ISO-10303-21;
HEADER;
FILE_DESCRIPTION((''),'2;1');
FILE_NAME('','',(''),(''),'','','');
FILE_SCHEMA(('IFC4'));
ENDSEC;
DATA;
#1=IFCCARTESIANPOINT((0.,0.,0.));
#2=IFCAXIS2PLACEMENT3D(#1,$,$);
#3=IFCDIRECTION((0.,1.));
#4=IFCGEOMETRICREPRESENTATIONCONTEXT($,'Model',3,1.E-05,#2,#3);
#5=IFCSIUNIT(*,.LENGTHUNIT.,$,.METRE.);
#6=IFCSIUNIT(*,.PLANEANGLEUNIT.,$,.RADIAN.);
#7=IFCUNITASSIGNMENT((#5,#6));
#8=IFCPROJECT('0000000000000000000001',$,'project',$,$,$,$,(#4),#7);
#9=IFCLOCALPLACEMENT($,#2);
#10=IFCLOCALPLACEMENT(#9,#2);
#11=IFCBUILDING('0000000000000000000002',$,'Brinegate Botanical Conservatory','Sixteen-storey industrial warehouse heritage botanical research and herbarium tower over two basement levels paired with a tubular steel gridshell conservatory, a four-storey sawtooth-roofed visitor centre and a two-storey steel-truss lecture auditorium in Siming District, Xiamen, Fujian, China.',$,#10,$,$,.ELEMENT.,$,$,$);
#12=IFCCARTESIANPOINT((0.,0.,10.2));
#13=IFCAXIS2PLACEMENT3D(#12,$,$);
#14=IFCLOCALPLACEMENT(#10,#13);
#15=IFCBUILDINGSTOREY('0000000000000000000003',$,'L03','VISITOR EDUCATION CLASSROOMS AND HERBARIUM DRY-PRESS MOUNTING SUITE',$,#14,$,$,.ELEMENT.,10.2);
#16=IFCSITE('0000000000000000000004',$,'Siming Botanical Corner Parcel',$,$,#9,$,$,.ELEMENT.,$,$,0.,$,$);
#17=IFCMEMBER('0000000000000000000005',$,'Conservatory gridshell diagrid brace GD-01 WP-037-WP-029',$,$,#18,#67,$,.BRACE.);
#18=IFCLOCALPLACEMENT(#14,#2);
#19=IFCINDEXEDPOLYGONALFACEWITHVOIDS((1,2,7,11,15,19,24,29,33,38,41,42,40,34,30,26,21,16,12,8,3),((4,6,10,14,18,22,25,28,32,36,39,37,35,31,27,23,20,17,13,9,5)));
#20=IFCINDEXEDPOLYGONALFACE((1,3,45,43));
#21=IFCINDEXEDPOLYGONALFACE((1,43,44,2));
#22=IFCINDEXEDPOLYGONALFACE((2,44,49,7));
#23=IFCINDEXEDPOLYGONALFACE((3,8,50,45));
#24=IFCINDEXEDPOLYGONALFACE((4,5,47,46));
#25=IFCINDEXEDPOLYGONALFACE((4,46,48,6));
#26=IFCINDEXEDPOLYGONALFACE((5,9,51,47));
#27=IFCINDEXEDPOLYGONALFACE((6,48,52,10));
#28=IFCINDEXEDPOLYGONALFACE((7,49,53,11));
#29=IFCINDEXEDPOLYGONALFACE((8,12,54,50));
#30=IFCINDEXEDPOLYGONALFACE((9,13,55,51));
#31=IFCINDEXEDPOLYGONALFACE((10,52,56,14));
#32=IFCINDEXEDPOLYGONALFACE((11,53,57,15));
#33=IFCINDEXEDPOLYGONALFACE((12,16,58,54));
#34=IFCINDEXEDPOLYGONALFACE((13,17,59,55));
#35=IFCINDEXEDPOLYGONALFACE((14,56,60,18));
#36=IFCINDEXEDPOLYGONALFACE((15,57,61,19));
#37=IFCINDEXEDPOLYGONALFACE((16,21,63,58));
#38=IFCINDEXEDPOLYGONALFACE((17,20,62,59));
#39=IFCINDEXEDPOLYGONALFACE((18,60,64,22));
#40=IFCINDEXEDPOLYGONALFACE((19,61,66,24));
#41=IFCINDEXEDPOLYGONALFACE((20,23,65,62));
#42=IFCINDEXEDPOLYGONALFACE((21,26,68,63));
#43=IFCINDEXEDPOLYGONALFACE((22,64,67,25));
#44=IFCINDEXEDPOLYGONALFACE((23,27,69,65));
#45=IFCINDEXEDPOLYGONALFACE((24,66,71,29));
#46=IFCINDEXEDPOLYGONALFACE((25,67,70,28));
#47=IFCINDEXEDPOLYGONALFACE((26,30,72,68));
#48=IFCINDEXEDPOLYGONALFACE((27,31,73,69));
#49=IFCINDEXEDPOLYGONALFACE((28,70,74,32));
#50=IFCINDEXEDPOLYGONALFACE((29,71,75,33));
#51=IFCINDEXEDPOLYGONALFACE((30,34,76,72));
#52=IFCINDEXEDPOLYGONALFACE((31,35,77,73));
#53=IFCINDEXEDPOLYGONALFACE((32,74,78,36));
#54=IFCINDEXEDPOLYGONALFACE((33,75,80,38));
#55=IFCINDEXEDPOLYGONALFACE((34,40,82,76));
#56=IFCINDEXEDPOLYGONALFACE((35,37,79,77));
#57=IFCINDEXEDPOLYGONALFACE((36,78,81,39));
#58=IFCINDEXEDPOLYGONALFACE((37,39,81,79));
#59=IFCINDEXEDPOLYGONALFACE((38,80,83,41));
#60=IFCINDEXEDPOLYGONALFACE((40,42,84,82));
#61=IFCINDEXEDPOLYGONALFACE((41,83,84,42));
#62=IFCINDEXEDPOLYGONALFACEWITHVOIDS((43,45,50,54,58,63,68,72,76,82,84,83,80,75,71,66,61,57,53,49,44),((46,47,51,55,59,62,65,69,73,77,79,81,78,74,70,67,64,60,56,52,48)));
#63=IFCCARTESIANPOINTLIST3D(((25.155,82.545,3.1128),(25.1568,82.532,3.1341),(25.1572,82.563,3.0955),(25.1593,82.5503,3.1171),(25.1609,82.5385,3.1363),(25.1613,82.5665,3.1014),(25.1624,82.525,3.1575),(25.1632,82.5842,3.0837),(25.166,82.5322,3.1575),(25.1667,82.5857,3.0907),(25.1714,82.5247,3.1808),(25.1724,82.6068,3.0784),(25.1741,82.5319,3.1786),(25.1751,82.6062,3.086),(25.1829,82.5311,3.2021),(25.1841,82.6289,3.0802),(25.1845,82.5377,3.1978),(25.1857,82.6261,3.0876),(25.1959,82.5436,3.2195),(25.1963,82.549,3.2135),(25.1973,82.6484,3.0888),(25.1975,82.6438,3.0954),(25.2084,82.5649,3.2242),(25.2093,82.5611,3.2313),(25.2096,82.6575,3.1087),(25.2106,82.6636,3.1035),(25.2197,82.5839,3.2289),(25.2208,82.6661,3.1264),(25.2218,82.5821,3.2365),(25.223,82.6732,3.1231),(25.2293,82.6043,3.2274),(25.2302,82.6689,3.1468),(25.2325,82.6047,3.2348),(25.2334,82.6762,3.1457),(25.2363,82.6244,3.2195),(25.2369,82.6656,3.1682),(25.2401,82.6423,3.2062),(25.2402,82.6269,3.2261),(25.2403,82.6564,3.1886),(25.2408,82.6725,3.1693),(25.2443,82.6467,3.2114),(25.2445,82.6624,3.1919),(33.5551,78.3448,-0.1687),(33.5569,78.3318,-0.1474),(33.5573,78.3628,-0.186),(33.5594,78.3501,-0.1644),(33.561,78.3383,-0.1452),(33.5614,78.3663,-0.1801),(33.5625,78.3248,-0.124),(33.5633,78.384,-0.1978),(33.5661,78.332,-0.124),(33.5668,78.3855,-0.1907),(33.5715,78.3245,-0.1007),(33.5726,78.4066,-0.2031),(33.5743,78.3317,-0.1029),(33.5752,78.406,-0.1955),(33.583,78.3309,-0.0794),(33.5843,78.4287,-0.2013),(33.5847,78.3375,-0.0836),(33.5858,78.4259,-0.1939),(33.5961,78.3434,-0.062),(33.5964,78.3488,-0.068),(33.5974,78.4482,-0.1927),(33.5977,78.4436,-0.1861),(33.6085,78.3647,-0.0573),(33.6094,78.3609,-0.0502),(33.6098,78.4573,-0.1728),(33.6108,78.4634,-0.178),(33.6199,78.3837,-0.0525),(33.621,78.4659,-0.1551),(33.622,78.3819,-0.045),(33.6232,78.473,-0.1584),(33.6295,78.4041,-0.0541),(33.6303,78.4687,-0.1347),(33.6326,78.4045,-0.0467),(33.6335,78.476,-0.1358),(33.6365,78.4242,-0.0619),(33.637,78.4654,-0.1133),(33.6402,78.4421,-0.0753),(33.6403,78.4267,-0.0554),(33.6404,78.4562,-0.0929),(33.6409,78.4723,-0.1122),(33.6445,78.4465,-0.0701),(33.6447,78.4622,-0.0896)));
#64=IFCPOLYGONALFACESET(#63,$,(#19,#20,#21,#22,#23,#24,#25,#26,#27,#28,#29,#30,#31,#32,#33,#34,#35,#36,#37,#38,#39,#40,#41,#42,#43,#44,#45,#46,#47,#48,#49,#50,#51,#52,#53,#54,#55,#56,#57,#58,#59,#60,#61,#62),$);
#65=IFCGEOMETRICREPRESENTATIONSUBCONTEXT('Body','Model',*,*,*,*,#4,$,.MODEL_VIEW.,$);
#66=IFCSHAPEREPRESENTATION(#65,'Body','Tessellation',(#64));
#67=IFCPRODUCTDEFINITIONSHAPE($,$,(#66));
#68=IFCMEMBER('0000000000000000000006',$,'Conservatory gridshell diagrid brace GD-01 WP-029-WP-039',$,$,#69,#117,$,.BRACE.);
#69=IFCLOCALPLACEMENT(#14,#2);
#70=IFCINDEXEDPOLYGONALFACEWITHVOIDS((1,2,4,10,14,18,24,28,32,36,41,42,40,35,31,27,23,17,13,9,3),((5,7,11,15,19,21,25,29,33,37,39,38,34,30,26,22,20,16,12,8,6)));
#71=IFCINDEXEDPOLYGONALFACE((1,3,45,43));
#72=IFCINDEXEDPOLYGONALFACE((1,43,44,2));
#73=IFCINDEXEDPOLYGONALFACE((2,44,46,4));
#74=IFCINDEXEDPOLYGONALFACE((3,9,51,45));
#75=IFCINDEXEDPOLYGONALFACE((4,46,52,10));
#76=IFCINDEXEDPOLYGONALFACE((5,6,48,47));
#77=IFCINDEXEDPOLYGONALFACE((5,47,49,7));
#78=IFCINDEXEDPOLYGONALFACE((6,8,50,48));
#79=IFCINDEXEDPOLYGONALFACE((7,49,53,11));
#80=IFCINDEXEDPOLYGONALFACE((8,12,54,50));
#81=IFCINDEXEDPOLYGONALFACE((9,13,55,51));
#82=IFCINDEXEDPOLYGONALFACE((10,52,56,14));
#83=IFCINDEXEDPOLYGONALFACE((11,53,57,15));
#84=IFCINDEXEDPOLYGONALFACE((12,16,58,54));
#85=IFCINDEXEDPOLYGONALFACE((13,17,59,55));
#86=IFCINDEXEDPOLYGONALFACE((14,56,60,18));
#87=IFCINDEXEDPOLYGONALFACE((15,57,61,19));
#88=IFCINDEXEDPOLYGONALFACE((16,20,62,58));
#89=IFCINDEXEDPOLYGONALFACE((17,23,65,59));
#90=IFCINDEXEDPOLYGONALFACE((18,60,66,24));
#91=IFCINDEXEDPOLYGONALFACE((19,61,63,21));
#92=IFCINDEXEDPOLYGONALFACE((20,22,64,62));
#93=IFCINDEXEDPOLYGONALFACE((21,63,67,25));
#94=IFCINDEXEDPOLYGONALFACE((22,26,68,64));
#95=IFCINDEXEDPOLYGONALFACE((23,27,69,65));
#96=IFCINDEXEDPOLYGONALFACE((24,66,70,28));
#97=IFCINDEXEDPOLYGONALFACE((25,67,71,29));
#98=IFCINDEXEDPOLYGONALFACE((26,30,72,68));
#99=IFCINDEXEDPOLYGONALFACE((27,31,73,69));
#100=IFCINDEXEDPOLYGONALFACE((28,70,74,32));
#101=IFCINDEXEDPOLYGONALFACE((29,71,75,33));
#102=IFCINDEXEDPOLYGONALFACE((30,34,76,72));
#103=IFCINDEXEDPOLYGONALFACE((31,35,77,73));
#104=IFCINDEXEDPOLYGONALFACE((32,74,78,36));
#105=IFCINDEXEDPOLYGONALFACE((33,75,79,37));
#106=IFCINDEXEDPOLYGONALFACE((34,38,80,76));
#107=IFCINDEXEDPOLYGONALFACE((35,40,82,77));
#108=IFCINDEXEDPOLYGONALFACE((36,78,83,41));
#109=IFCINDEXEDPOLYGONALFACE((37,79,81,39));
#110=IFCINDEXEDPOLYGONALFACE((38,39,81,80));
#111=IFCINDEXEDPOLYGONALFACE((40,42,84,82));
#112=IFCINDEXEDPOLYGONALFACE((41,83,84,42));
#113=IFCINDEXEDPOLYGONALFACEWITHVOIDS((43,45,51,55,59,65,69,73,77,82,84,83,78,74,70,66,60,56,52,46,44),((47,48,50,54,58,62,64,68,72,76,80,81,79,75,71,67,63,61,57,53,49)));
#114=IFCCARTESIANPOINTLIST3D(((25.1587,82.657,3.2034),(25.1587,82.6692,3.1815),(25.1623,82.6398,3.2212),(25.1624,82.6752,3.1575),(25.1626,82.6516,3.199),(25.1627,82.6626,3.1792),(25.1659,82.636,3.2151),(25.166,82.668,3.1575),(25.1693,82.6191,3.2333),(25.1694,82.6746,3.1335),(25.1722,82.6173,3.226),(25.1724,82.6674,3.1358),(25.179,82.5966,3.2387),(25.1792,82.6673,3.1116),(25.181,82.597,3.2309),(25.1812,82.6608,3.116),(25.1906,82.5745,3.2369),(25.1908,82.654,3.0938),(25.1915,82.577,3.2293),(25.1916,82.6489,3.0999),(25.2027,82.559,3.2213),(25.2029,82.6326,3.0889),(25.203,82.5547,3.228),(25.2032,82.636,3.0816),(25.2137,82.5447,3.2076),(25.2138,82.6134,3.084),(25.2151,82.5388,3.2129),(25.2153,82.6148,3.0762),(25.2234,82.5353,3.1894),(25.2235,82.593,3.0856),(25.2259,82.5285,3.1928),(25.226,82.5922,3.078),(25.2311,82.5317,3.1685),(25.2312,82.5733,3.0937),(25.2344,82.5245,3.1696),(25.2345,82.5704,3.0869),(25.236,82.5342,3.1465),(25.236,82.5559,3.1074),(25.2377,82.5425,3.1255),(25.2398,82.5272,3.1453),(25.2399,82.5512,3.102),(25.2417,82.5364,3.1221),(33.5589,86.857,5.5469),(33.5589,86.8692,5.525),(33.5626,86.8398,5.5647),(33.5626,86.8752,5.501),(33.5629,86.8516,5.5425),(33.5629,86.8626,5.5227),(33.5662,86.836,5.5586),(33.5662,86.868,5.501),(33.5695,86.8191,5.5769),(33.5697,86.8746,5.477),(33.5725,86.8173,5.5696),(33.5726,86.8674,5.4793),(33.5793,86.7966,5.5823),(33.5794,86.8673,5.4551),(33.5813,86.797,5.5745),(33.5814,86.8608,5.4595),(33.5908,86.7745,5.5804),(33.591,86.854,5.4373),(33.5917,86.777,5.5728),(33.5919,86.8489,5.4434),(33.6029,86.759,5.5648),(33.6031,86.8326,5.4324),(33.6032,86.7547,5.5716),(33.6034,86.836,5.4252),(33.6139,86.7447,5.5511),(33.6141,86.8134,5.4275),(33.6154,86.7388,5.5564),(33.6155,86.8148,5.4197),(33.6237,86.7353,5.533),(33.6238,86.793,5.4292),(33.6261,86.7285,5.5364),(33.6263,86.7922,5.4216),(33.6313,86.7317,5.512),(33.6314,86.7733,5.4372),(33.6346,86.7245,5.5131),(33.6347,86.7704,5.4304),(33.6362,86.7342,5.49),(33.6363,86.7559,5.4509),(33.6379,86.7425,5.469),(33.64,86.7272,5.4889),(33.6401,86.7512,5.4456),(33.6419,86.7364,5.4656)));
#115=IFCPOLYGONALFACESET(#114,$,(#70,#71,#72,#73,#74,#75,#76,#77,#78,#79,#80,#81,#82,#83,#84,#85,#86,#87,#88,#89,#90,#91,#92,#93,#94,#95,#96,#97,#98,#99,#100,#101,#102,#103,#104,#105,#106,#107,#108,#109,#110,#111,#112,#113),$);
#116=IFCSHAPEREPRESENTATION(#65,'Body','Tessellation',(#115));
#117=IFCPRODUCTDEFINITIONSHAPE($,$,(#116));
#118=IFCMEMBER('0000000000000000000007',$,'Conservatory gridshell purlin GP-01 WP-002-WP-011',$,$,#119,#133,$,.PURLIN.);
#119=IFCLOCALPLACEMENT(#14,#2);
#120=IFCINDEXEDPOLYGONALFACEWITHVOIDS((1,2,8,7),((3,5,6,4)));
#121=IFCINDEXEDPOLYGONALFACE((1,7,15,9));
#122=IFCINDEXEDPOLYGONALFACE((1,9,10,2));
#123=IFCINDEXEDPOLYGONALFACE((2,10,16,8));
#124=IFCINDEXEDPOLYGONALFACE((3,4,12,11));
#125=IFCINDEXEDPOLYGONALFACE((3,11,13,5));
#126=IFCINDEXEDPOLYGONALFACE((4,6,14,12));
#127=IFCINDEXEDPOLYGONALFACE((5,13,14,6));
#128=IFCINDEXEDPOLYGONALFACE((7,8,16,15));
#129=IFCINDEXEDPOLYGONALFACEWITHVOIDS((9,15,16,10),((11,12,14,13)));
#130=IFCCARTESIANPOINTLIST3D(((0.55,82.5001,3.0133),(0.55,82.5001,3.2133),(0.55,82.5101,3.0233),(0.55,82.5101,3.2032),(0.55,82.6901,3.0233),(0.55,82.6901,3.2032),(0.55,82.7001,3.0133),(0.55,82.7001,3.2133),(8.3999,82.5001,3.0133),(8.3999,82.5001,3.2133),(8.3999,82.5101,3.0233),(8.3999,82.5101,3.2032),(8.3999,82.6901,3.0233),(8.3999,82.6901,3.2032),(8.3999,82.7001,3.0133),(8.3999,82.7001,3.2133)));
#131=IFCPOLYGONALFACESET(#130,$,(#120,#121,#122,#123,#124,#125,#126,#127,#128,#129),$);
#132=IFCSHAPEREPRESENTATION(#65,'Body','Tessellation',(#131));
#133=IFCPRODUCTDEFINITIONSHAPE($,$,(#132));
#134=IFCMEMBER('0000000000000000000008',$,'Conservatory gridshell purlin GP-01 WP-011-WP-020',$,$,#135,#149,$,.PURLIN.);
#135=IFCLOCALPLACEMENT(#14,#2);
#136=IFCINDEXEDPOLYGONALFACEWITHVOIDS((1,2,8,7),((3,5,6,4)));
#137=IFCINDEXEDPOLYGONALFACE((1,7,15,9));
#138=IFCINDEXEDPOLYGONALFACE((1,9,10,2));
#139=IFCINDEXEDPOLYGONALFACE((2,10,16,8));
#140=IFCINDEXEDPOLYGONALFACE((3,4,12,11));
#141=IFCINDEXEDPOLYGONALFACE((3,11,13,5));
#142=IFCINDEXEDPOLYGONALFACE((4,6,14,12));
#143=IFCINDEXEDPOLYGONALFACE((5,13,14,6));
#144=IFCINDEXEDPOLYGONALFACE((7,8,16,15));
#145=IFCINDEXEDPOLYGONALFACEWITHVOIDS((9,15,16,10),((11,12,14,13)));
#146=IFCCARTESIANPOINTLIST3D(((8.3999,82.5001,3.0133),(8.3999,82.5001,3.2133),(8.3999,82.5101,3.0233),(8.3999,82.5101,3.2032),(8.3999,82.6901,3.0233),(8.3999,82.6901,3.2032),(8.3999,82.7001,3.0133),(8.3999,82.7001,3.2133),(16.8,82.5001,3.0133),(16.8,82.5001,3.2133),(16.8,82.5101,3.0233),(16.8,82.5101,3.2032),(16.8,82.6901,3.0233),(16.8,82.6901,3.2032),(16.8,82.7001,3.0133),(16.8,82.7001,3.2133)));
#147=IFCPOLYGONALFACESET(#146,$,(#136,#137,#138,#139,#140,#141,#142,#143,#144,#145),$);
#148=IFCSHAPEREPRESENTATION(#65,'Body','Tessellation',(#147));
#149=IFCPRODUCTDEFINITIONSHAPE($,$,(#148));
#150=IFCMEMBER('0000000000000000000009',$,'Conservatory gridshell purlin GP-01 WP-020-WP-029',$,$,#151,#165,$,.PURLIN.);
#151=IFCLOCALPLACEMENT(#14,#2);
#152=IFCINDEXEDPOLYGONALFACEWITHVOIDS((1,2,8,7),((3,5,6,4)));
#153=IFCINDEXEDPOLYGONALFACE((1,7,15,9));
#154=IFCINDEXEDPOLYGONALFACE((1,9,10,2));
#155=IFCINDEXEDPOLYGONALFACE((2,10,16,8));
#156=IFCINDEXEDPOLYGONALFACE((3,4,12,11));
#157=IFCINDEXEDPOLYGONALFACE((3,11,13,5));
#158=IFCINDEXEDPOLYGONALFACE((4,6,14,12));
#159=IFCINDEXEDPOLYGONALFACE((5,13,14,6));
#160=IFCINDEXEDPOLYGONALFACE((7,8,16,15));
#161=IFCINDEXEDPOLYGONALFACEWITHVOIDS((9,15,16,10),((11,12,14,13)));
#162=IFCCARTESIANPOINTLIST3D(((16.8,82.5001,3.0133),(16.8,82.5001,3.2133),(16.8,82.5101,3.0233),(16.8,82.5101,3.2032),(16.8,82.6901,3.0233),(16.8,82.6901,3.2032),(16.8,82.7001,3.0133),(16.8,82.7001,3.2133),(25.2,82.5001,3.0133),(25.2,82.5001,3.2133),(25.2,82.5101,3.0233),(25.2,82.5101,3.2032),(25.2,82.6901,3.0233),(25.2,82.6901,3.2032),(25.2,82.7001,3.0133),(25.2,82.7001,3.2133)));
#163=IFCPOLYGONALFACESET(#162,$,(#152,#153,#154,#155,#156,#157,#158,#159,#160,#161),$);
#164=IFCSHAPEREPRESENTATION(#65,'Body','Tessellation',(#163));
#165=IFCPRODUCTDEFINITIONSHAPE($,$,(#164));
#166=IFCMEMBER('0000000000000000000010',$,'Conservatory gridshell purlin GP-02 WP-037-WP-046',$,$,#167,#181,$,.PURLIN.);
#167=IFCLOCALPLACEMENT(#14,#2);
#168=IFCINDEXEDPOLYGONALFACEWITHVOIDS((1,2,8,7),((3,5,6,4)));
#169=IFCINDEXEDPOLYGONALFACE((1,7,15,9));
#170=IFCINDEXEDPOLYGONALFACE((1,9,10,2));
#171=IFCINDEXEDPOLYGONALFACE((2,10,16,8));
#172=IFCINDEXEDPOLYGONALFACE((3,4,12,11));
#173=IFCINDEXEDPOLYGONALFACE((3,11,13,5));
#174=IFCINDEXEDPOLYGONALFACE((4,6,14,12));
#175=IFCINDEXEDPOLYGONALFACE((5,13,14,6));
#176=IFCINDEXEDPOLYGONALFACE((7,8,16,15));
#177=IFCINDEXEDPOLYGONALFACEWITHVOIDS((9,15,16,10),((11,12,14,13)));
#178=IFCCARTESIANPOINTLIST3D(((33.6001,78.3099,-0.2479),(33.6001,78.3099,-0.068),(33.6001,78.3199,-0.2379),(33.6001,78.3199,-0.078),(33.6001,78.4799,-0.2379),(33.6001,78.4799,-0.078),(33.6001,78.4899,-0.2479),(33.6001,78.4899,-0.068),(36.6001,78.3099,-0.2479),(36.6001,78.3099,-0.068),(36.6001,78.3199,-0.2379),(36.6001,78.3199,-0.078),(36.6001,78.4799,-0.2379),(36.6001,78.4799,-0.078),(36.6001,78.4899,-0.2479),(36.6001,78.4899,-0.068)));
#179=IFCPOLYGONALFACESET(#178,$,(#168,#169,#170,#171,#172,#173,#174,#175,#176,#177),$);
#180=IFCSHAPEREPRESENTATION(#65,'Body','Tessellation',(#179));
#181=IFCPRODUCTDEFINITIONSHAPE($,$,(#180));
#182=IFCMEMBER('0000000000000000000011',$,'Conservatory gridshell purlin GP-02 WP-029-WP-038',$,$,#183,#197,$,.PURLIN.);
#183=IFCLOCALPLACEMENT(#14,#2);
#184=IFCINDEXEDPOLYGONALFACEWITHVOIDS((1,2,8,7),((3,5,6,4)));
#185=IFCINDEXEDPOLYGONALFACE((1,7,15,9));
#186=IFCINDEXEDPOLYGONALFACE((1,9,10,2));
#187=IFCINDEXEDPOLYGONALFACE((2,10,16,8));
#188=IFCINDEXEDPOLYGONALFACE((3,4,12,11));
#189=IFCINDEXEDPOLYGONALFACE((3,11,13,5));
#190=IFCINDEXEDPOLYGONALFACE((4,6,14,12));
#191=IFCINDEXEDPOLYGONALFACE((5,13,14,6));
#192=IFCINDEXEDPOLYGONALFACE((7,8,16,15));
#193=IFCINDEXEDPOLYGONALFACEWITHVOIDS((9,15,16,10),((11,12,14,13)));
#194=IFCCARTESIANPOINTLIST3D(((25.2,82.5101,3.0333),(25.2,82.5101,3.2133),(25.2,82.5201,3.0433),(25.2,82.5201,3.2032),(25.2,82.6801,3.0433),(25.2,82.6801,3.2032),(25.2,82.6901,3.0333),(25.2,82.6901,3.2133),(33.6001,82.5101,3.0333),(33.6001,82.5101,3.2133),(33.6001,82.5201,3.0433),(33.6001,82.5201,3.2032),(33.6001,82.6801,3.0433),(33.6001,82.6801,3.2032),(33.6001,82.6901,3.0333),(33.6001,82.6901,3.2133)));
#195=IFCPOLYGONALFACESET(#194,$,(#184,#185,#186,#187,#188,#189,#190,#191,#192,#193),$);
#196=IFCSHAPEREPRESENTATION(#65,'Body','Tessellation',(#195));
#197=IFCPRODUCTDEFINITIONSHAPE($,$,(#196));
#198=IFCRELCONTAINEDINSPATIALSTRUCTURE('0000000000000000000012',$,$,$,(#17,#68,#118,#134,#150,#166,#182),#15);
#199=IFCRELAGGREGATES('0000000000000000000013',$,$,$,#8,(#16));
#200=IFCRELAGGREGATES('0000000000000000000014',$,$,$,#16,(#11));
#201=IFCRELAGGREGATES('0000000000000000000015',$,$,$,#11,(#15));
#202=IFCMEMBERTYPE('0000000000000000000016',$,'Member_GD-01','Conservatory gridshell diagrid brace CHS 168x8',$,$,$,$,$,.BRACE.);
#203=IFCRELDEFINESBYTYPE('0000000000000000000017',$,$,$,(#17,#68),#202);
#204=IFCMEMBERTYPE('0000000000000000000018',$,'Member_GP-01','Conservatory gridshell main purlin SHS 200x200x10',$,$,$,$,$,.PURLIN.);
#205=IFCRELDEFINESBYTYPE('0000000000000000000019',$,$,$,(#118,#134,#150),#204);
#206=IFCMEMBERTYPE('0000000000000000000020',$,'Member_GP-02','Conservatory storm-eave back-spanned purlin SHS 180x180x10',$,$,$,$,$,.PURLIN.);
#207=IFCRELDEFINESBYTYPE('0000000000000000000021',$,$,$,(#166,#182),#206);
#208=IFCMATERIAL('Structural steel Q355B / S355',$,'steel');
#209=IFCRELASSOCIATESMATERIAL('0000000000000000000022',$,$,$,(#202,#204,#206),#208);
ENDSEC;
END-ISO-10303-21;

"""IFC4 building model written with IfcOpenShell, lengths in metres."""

from ifc_helpers import new_model, si_unit, direction, frame, origin, origin_2d, place, context, subcontext, project, spatial, hollow_rectangle, hollow_circle, extrude, material, material_profile, profile_set, type_object, element, save


model = new_model("IFC4")

# Units and contexts
model_context = context("Model", 3, precision=1e-05, world=origin(), true_north=direction((0.0, 1.0)))
body_context = subcontext(model_context, "Body", "Model", "MODEL_VIEW")
ifc_project = project(units=[si_unit("LENGTHUNIT", "METRE"), si_unit("PLANEANGLEUNIT", "RADIAN")], contexts=[model_context])

# Site, building, storey
site_placement = place(None, origin())
site = spatial("IfcSite", under=ifc_project, at=site_placement, Name="Siming Botanical Corner Parcel", CompositionType="ELEMENT", RefElevation=0.0)
building_placement = place(site_placement, origin())
building = spatial("IfcBuilding", under=site, at=building_placement, Name="Brinegate Botanical Conservatory", Description="Sixteen-storey industrial warehouse heritage botanical research and herbarium tower over two basement levels paired with a tubular steel gridshell conservatory, a four-storey sawtooth-roofed visitor centre and a two-storey steel-truss lecture auditorium in Siming District, Xiamen, Fujian, China.", CompositionType="ELEMENT")
storey_placement = place(building_placement, frame((0.0, 0.0, 10.2)))
storey = spatial("IfcBuildingStorey", under=building, at=storey_placement, Name="L03", Description="VISITOR EDUCATION CLASSROOMS AND HERBARIUM DRY-PRESS MOUNTING SUITE", CompositionType="ELEMENT", Elevation=10.2)

# Shared definitions
ifc_material_1 = material(Name="Structural steel Q355B / S355", Category="steel")

# Members
ifc_material_profile_1 = material_profile(ifc_material_1, hollow_circle(Radius=0.084, WallThickness=0.0081, at=origin_2d()), Name="CHS 168x8")
ifc_profile_set_1 = profile_set([ifc_material_profile_1], Name="Structural steel Q355B / S355")
member_type_1 = type_object("IfcMemberType", Name="Member_GD-01", Description="Conservatory gridshell diagrid brace CHS 168x8", PredefinedType="BRACE", material=ifc_profile_set_1)
member_1_placement = place(storey_placement, frame((33.6001, 78.3999, -0.124), z_axis=(-0.844365, 0.422195, 0.329849), x_axis=(-0.447224, -0.894422, 0.0)))
element("IfcMember", 1, at=member_1_placement, inside=storey, type_object=member_type_1, Name="Conservatory gridshell diagrid brace GD-01 WP-037-WP-029", PredefinedType="BRACE", context=body_context, shape_type="SweptSolid", body=[
    extrude(hollow_circle(Radius=0.084, WallThickness=0.0081, at=origin_2d()), origin(), (0.0, 0.0, 1.0), 9.9485),
])
member_2_placement = place(storey_placement, frame((25.2, 82.6001, 3.1575), z_axis=(0.867822, 0.433899, 0.242108), x_axis=(-0.447203, 0.894432, 0.0)))
element("IfcMember", 2, at=member_2_placement, inside=storey, type_object=member_type_1, Name="Conservatory gridshell diagrid brace GD-01 WP-029-WP-039", PredefinedType="BRACE", context=body_context, shape_type="SweptSolid", body=[
    extrude(hollow_circle(Radius=0.084, WallThickness=0.0081, at=origin_2d()), origin(), (0.0, 0.0, 1.0), 9.6797),
])
ifc_material_profile_2 = material_profile(ifc_material_1, hollow_rectangle(XDim=0.2, YDim=0.2, WallThickness=0.01, at=origin_2d()), Name="SHS 200x200x10")
ifc_profile_set_2 = profile_set([ifc_material_profile_2], Name="Structural steel Q355B / S355")
member_type_2 = type_object("IfcMemberType", Name="Member_GP-01", Description="Conservatory gridshell main purlin SHS 200x200x10", PredefinedType="PURLIN", material=ifc_profile_set_2)
member_3_placement = place(storey_placement, frame((0.55, 82.6001, 3.1133), z_axis=(1.0, 0.0, 0.0), x_axis=(0.0, 1.0, 0.0)))
element("IfcMember", 3, at=member_3_placement, inside=storey, type_object=member_type_2, Name="Conservatory gridshell purlin GP-01 WP-002-WP-011", PredefinedType="PURLIN", context=body_context, shape_type="SweptSolid", body=[
    extrude(hollow_rectangle(XDim=0.2, YDim=0.2, WallThickness=0.01, at=origin_2d()), origin(), (0.0, 0.0, 1.0), 7.8499),
])
member_4_placement = place(storey_placement, frame((8.3999, 82.6001, 3.1133), z_axis=(1.0, 0.0, 0.0), x_axis=(0.0, 1.0, 0.0)))
element("IfcMember", 4, at=member_4_placement, inside=storey, type_object=member_type_2, Name="Conservatory gridshell purlin GP-01 WP-011-WP-020", PredefinedType="PURLIN", context=body_context, shape_type="SweptSolid", body=[
    extrude(hollow_rectangle(XDim=0.2, YDim=0.2, WallThickness=0.01, at=origin_2d()), origin(), (0.0, 0.0, 1.0), 8.4001),
])
member_5_placement = place(storey_placement, frame((16.8, 82.6001, 3.1133), z_axis=(1.0, 0.0, 0.0), x_axis=(0.0, 1.0, 0.0)))
element("IfcMember", 5, at=member_5_placement, inside=storey, type_object=member_type_2, Name="Conservatory gridshell purlin GP-01 WP-020-WP-029", PredefinedType="PURLIN", context=body_context, shape_type="SweptSolid", body=[
    extrude(hollow_rectangle(XDim=0.2, YDim=0.2, WallThickness=0.01, at=origin_2d()), origin(), (0.0, 0.0, 1.0), 8.3999),
])
ifc_material_profile_3 = material_profile(ifc_material_1, hollow_rectangle(XDim=0.1799, YDim=0.1799, WallThickness=0.01, at=origin_2d()), Name="SHS 180x180x10")
ifc_profile_set_3 = profile_set([ifc_material_profile_3], Name="Structural steel Q355B / S355")
member_type_3 = type_object("IfcMemberType", Name="Member_GP-02", Description="Conservatory storm-eave back-spanned purlin SHS 180x180x10", PredefinedType="PURLIN", material=ifc_profile_set_3)
member_6_placement = place(storey_placement, frame((33.6001, 78.3999, -0.158), z_axis=(1.0, 0.0, 0.0), x_axis=(0.0, 1.0, 0.0)))
element("IfcMember", 6, at=member_6_placement, inside=storey, type_object=member_type_3, Name="Conservatory gridshell purlin GP-02 WP-037-WP-046", PredefinedType="PURLIN", context=body_context, shape_type="SweptSolid", body=[
    extrude(hollow_rectangle(XDim=0.1799, YDim=0.1799, WallThickness=0.01, at=origin_2d()), origin(), (0.0, 0.0, 1.0), 3.0),
])
member_7_placement = place(storey_placement, frame((25.2, 82.6001, 3.1233), z_axis=(1.0, 0.0, 0.0), x_axis=(0.0, 1.0, 0.0)))
element("IfcMember", 7, at=member_7_placement, inside=storey, type_object=member_type_3, Name="Conservatory gridshell purlin GP-02 WP-029-WP-038", PredefinedType="PURLIN", context=body_context, shape_type="SweptSolid", body=[
    extrude(hollow_rectangle(XDim=0.1799, YDim=0.1799, WallThickness=0.01, at=origin_2d()), origin(), (0.0, 0.0, 1.0), 8.4001),
])

save(model, "model.ifc")
